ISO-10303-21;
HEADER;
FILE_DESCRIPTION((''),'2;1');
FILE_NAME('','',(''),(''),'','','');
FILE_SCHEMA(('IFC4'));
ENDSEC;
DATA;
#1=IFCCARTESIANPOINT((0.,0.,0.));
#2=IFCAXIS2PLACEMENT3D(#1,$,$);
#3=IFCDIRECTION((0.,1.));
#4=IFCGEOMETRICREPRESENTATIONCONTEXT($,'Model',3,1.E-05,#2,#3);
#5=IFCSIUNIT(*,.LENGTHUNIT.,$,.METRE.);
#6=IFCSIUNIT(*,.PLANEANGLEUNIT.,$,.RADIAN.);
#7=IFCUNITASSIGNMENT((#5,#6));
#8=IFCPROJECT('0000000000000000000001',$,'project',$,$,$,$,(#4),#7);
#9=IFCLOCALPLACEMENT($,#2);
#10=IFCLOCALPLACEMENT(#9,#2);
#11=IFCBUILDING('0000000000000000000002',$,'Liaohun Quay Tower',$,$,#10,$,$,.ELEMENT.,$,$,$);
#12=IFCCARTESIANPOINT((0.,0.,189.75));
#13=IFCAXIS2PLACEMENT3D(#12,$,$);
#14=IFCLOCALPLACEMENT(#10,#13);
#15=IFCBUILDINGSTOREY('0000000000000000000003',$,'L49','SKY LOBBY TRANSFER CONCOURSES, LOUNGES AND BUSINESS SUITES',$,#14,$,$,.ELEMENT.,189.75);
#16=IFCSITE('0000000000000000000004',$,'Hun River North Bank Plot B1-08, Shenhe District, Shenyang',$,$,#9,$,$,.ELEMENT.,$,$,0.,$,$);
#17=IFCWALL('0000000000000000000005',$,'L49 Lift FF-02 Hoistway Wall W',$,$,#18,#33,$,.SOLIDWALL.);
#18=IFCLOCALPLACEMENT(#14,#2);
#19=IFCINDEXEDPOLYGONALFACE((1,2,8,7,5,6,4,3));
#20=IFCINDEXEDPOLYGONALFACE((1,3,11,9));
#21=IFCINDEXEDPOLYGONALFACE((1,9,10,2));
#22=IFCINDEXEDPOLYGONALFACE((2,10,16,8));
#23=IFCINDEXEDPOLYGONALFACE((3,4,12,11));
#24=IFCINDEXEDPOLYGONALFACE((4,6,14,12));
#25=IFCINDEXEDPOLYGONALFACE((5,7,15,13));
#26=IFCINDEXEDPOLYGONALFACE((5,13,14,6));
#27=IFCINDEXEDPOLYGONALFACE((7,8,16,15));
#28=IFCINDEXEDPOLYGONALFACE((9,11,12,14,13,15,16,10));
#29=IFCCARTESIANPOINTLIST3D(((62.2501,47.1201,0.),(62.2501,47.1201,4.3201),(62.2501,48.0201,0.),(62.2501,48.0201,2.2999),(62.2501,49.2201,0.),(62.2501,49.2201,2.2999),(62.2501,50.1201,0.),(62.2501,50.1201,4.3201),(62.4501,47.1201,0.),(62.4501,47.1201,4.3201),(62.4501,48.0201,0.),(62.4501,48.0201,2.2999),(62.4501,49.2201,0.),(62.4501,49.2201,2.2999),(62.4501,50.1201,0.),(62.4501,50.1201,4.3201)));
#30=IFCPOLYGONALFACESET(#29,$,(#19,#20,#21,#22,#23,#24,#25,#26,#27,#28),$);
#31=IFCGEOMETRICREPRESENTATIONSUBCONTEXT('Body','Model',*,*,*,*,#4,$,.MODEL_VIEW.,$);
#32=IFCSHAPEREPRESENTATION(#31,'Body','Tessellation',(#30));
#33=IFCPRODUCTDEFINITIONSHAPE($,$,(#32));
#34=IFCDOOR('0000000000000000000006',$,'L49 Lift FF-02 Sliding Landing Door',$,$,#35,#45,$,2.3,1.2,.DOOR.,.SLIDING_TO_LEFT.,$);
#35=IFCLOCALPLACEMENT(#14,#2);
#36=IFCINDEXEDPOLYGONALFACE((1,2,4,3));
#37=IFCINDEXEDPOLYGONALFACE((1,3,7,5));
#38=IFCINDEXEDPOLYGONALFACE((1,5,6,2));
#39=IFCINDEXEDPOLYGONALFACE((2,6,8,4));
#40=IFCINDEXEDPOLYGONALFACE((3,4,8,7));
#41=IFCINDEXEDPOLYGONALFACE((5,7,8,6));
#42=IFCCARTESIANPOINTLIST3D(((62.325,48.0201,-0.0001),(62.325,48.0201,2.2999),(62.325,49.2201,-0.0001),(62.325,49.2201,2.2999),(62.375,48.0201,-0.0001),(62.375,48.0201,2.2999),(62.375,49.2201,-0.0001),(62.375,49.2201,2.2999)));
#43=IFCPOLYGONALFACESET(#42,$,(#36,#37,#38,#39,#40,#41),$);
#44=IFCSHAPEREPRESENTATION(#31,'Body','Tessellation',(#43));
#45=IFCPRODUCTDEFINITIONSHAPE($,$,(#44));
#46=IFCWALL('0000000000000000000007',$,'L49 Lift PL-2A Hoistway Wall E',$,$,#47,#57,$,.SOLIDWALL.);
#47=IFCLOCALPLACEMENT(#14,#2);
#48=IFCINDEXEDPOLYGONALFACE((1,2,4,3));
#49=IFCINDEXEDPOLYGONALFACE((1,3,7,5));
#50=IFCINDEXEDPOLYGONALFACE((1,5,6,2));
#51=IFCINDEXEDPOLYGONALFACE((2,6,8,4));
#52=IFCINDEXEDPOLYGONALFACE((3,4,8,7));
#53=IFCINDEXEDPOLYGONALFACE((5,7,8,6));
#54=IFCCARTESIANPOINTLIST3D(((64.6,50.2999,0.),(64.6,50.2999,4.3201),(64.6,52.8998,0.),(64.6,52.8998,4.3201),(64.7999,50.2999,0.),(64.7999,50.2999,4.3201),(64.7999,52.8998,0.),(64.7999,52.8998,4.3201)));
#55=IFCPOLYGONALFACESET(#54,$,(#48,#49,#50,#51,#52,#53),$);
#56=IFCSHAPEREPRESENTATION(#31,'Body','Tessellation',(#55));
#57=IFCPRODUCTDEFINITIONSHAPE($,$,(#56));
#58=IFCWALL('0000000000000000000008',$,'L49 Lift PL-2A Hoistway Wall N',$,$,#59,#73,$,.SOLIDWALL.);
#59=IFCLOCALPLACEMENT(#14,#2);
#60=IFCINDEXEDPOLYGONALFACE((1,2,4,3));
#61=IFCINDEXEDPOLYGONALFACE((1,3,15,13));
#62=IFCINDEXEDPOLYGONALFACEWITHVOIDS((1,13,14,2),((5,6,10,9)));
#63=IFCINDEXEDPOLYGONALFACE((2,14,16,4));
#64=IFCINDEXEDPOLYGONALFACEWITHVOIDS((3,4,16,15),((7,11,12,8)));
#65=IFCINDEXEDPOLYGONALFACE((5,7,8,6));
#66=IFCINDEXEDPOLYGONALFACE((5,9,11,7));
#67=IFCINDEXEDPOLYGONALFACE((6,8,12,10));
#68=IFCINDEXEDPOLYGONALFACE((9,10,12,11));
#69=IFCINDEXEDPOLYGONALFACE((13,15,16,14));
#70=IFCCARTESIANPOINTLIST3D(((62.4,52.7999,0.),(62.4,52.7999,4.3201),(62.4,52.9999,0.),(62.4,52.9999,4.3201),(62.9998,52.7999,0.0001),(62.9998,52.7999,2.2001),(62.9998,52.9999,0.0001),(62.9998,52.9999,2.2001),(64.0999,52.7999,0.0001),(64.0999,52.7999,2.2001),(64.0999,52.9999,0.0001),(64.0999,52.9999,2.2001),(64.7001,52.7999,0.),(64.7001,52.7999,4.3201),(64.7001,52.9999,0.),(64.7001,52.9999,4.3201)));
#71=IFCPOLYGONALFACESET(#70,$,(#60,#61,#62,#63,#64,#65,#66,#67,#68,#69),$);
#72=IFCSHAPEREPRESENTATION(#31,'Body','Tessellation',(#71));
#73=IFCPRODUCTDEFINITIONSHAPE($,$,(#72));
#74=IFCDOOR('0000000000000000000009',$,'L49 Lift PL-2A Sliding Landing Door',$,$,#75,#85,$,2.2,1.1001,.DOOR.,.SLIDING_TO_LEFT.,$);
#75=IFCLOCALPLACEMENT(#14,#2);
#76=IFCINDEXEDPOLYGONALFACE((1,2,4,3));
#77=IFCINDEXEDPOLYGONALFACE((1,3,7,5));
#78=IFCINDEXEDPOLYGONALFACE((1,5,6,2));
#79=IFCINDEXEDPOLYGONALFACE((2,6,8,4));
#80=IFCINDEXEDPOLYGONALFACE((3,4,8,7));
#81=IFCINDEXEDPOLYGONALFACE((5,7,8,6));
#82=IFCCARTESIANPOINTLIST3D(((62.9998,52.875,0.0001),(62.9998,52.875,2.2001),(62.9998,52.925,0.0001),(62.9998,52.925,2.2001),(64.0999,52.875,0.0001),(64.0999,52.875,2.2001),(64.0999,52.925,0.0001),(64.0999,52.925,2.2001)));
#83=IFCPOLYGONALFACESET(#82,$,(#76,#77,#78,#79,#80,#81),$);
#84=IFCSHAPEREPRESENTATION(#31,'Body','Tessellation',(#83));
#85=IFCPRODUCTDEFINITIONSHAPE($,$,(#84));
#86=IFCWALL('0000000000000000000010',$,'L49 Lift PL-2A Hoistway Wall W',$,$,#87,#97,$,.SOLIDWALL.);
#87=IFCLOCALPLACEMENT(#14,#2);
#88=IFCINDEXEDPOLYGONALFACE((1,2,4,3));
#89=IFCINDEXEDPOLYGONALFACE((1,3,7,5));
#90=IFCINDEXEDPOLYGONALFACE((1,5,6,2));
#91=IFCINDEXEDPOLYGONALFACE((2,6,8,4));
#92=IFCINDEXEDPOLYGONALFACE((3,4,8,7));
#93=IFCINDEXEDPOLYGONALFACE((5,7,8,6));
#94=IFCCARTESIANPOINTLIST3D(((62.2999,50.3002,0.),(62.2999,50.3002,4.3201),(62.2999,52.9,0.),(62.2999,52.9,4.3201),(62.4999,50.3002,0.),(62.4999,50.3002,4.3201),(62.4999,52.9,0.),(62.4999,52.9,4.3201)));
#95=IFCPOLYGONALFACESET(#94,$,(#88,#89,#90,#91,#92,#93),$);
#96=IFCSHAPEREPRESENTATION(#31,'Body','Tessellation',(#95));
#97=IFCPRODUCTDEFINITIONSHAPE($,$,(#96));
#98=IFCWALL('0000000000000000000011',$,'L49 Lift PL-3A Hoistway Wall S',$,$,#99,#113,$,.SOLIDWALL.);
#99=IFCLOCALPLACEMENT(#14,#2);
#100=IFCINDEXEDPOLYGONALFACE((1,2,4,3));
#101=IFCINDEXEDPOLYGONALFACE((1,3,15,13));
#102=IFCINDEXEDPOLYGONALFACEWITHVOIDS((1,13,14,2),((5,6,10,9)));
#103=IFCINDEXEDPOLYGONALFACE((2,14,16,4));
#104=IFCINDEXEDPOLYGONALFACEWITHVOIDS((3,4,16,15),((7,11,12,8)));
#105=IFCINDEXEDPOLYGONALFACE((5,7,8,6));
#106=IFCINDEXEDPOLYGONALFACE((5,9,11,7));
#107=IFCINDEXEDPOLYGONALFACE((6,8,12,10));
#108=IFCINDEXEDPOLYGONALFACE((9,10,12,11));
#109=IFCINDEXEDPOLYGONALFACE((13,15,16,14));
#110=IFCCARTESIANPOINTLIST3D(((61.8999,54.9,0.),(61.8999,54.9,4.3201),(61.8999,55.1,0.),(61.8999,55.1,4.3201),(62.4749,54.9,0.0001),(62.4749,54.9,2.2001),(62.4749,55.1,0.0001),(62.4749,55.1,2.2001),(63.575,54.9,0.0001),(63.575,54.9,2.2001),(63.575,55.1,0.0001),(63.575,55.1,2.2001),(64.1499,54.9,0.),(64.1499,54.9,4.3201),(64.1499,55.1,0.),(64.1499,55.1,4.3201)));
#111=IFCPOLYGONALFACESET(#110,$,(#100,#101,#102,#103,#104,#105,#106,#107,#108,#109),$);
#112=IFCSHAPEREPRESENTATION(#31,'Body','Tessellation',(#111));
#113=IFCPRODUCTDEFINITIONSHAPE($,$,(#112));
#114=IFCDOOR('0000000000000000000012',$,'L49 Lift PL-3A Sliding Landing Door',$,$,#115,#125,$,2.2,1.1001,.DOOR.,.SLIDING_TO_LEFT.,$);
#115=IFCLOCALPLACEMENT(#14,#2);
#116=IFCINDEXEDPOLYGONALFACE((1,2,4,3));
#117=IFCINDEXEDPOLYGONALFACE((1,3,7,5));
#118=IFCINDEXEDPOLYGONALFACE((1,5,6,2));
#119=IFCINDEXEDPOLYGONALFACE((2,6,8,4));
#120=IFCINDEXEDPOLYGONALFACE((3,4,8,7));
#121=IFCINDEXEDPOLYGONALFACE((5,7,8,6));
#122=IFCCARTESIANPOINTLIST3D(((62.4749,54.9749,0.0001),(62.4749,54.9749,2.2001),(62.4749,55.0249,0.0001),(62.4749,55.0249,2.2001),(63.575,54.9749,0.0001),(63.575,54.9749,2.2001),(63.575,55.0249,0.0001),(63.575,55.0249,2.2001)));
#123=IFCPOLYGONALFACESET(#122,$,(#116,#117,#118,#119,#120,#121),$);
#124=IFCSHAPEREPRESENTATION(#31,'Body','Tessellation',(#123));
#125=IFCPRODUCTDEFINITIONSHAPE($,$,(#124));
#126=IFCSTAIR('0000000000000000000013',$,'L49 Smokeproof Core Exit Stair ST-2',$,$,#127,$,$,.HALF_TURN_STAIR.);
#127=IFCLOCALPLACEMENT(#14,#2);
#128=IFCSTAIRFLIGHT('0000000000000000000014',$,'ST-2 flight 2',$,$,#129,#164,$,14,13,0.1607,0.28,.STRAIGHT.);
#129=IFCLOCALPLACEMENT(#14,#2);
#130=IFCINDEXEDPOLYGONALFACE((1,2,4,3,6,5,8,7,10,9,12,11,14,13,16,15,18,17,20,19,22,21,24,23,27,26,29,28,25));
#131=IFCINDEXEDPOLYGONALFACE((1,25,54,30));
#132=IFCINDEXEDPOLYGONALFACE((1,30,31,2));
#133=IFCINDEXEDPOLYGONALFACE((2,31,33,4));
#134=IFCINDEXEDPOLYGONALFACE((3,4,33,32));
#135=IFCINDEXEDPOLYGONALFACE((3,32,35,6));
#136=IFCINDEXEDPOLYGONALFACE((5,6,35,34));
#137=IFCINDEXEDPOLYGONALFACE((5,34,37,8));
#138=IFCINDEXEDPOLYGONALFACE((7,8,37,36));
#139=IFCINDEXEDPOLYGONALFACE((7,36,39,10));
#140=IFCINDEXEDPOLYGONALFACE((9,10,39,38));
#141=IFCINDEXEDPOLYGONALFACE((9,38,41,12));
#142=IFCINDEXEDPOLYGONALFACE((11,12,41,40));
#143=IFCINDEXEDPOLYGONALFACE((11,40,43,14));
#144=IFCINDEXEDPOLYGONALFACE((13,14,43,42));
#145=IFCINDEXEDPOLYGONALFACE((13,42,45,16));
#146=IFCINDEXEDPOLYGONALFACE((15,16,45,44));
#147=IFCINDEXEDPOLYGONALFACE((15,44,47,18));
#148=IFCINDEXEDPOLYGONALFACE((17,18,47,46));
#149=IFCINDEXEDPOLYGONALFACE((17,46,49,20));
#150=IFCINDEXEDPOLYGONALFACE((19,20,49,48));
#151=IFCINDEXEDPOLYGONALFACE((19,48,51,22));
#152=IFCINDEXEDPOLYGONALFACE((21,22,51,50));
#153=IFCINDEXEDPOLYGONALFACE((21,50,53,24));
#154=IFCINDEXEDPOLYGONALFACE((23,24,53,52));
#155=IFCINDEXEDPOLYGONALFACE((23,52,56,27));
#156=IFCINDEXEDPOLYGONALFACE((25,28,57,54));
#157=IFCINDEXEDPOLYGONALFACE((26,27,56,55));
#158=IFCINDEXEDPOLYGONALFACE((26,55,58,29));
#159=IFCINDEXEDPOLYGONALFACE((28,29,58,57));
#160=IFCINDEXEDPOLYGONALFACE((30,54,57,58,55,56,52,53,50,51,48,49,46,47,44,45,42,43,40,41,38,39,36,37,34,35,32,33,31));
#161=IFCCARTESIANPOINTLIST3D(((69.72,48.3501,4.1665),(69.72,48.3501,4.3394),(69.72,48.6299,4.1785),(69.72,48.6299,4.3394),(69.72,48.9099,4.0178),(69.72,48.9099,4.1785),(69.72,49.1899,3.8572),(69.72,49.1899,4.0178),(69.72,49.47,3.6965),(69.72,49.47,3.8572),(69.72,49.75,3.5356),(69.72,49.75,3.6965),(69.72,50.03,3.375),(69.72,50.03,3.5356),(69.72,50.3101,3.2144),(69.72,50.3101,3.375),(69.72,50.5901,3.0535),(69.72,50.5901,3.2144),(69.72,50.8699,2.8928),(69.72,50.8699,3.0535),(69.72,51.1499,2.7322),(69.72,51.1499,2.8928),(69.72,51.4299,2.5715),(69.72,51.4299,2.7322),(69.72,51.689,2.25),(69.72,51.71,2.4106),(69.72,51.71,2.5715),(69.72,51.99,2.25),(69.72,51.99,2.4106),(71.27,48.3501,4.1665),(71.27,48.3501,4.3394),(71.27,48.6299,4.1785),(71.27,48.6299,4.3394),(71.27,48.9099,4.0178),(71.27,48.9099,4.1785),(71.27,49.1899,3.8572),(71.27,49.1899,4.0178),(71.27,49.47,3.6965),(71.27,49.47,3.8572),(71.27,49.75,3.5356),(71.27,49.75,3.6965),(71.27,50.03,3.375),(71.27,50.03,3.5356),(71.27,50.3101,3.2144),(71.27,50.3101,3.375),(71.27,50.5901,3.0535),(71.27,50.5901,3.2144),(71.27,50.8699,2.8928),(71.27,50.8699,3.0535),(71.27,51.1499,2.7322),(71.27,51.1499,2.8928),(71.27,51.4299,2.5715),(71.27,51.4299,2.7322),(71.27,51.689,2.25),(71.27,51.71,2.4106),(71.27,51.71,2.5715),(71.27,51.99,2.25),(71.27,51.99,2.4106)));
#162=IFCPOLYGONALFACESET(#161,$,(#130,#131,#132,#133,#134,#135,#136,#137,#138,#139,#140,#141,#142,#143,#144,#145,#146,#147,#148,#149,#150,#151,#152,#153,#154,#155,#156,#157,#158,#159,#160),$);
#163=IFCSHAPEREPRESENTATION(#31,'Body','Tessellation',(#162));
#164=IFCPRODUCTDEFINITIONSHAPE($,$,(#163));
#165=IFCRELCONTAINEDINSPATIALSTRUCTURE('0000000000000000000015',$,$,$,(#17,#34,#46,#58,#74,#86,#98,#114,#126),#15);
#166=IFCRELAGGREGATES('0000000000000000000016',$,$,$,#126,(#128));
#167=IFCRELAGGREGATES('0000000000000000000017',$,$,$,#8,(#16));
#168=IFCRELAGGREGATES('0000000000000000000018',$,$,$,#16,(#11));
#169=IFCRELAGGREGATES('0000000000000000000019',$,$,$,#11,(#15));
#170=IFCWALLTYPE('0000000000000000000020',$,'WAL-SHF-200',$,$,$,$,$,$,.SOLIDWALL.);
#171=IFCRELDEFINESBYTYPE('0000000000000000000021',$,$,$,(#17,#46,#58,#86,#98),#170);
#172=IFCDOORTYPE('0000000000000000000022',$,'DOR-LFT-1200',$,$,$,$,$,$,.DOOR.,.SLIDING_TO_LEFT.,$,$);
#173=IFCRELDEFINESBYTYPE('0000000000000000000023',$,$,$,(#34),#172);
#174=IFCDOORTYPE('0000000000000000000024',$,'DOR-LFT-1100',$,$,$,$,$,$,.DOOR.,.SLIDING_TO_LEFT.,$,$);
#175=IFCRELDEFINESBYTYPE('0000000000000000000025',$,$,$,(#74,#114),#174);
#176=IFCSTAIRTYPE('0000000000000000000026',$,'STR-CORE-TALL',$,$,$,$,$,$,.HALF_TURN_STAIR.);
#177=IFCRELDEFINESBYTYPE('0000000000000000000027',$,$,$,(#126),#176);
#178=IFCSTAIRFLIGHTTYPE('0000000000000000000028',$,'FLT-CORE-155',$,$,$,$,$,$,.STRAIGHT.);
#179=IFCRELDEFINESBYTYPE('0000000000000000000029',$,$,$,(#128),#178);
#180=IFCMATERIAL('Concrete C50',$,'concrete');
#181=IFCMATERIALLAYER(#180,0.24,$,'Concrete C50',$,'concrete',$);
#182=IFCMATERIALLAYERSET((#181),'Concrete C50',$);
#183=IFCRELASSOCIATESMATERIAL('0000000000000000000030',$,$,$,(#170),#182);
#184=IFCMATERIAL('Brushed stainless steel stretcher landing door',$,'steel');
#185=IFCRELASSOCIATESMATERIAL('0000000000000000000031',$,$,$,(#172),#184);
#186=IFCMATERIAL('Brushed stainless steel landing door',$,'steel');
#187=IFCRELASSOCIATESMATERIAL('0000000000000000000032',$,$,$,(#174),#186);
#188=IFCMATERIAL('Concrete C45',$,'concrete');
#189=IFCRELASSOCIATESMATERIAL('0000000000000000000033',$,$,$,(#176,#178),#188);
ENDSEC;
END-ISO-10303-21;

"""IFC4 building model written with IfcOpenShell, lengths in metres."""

from ifc_helpers import new_model, si_unit, direction, frame, frame_2d, origin, place, context, subcontext, project, spatial, polyline, rectangle, outline, extrude, source, transform, mapped, material, layer, layer_set, type_object, element, fill, aggregate, save


model = new_model("IFC4")

# Units and contexts
model_context = context("Model", 3, precision=1e-05, world=origin(), true_north=direction((0.0, 1.0)))
body_context = subcontext(model_context, "Body", "Model", "MODEL_VIEW")
ifc_project = project(units=[si_unit("LENGTHUNIT", "METRE"), si_unit("PLANEANGLEUNIT", "RADIAN")], contexts=[model_context])

# Site, building, storey
site_placement = place(None, origin())
site = spatial("IfcSite", under=ifc_project, at=site_placement, Name="Hun River North Bank Plot B1-08, Shenhe District, Shenyang", CompositionType="ELEMENT", RefElevation=0.0)
building_placement = place(site_placement, origin())
building = spatial("IfcBuilding", under=site, at=building_placement, Name="Liaohun Quay Tower", CompositionType="ELEMENT")
storey_placement = place(building_placement, frame((0.0, 0.0, 189.75)))
storey = spatial("IfcBuildingStorey", under=building, at=storey_placement, Name="L49", Description="SKY LOBBY TRANSFER CONCOURSES, LOUNGES AND BUSINESS SUITES", CompositionType="ELEMENT", Elevation=189.75)

# Shared definitions
ifc_material_1 = material(Name="Concrete C50", Category="concrete")
ifc_layer_1 = layer(ifc_material_1, 0.24, Name="Concrete C50", Category="concrete")
ifc_layer_set_1 = layer_set([ifc_layer_1], Name="Concrete C50")
wall_type_1 = type_object("IfcWallType", Name="WAL-SHF-200", PredefinedType="SOLIDWALL", material=ifc_layer_set_1)

# Wall, opening, door
wall_1_placement = place(storey_placement, frame((62.3501, 50.1201, 0.0), z_axis=(0.0, 0.0, 1.0), x_axis=(0.0, -1.0, 0.0)))
wall_1 = element("IfcWall", 1, at=wall_1_placement, inside=storey, type_object=wall_type_1, Name="L49 Lift FF-02 Hoistway Wall W", PredefinedType="SOLIDWALL", context=body_context, shape_type="SweptSolid", body=[
    extrude(rectangle(XDim=3.0, YDim=0.2, at=frame_2d((1.5, 0.0))), origin(), (0.0, 0.0, 1.0), 4.3201),
])
shared_shape_1 = source(origin(), body_context, "Body", "SweptSolid", [
    extrude(rectangle(XDim=1.2, YDim=2.3, at=frame_2d((0.6001, 1.1499))), frame((0.0, 0.1099, 0.0), z_axis=(0.0, -1.0, 0.0), x_axis=(1.0, 0.0, 0.0)), (0.0, 0.0, 1.0), 0.22),
])
opening_1_placement = place(wall_1_placement, frame((0.8999, 0.0, 0.0)))
opening_1 = element("IfcOpeningElement", 2, at=opening_1_placement, cuts=wall_1, PredefinedType="OPENING", context=body_context, shape_type="MappedRepresentation", body=[
    mapped(shared_shape_1, transform((0.0, 0.0, 0.0), x_axis=(1.0, 0.0, 0.0), y_axis=(0.0, 1.0, 0.0), z_axis=(0.0, 0.0, 1.0), scale=1.0)),
])
ifc_material_2 = material(Name="Brushed stainless steel stretcher landing door", Category="steel")
door_type_1 = type_object("IfcDoorType", Name="DOR-LFT-1200", OperationType="SLIDING_TO_LEFT", PredefinedType="DOOR", material=ifc_material_2)
shared_shape_2 = source(origin(), body_context, "Body", "SweptSolid", [
    extrude(rectangle(XDim=1.2, YDim=2.3, at=frame_2d((0.6001, 1.1499))), frame((0.0, 0.0249, 0.0), z_axis=(0.0, -1.0, 0.0), x_axis=(1.0, 0.0, 0.0)), (0.0, 0.0, 1.0), 0.05),
])
door_1_placement = place(opening_1_placement, origin())
door_1 = element("IfcDoor", 3, at=door_1_placement, inside=storey, type_object=door_type_1, Name="L49 Lift FF-02 Sliding Landing Door", OperationType="SLIDING_TO_LEFT", OverallHeight=2.3, OverallWidth=1.2, PredefinedType="DOOR", context=body_context, shape_type="MappedRepresentation", body=[
    mapped(shared_shape_2, transform((0.0, 0.0, 0.0), x_axis=(1.0, 0.0, 0.0), y_axis=(0.0, 1.0, 0.0), z_axis=(0.0, 0.0, 1.0), scale=1.0)),
])
fill(opening_1, door_1)

# Wall
wall_2_placement = place(storey_placement, frame((64.7, 50.3, 0.0), z_axis=(0.0, 0.0, 1.0), x_axis=(0.0, 1.0, 0.0)))
element("IfcWall", 4, at=wall_2_placement, inside=storey, type_object=wall_type_1, Name="L49 Lift PL-2A Hoistway Wall E", PredefinedType="SOLIDWALL", context=body_context, shape_type="SweptSolid", body=[
    extrude(rectangle(XDim=2.5999, YDim=0.2, at=frame_2d((1.2998, 0.0))), origin(), (0.0, 0.0, 1.0), 4.3201),
])

# Wall, opening, door
wall_3_placement = place(storey_placement, frame((64.7, 52.8999, 0.0), z_axis=(0.0, 0.0, 1.0), x_axis=(-1.0, 0.0, 0.0)))
wall_3 = element("IfcWall", 5, at=wall_3_placement, inside=storey, type_object=wall_type_1, Name="L49 Lift PL-2A Hoistway Wall N", PredefinedType="SOLIDWALL", context=body_context, shape_type="SweptSolid", body=[
    extrude(rectangle(XDim=2.3, YDim=0.2, at=frame_2d((1.1499, 0.0))), origin(), (0.0, 0.0, 1.0), 4.3201),
])
shared_shape_3 = source(origin(), body_context, "Body", "SweptSolid", [
    extrude(rectangle(XDim=1.1001, YDim=2.2, at=frame_2d((0.55, 1.1001))), frame((0.0, 0.1099, 0.0), z_axis=(0.0, -1.0, 0.0), x_axis=(1.0, 0.0, 0.0)), (0.0, 0.0, 1.0), 0.22),
])
opening_2_placement = place(wall_3_placement, frame((0.6001, 0.0, 0.0)))
opening_2 = element("IfcOpeningElement", 6, at=opening_2_placement, cuts=wall_3, PredefinedType="OPENING", context=body_context, shape_type="MappedRepresentation", body=[
    mapped(shared_shape_3, transform((0.0, 0.0, 0.0), x_axis=(1.0, 0.0, 0.0), y_axis=(0.0, 1.0, 0.0), z_axis=(0.0, 0.0, 1.0), scale=1.0)),
])
ifc_material_3 = material(Name="Brushed stainless steel landing door", Category="steel")
door_type_2 = type_object("IfcDoorType", Name="DOR-LFT-1100", OperationType="SLIDING_TO_LEFT", PredefinedType="DOOR", material=ifc_material_3)
shared_shape_4 = source(origin(), body_context, "Body", "SweptSolid", [
    extrude(rectangle(XDim=1.1001, YDim=2.2, at=frame_2d((0.55, 1.1001))), frame((0.0, 0.0249, 0.0), z_axis=(0.0, -1.0, 0.0), x_axis=(1.0, 0.0, 0.0)), (0.0, 0.0, 1.0), 0.05),
])
door_2_placement = place(opening_2_placement, origin())
door_2 = element("IfcDoor", 7, at=door_2_placement, inside=storey, type_object=door_type_2, Name="L49 Lift PL-2A Sliding Landing Door", OperationType="SLIDING_TO_LEFT", OverallHeight=2.2, OverallWidth=1.1001, PredefinedType="DOOR", context=body_context, shape_type="MappedRepresentation", body=[
    mapped(shared_shape_4, transform((0.0, 0.0, 0.0), x_axis=(1.0, 0.0, 0.0), y_axis=(0.0, 1.0, 0.0), z_axis=(0.0, 0.0, 1.0), scale=1.0)),
])
fill(opening_2, door_2)

# Wall
wall_4_placement = place(storey_placement, frame((62.3999, 52.8999, 0.0), z_axis=(0.0, 0.0, 1.0), x_axis=(0.0, -1.0, 0.0)))
element("IfcWall", 8, at=wall_4_placement, inside=storey, type_object=wall_type_1, Name="L49 Lift PL-2A Hoistway Wall W", PredefinedType="SOLIDWALL", context=body_context, shape_type="SweptSolid", body=[
    extrude(rectangle(XDim=2.5999, YDim=0.2, at=frame_2d((1.2998, 0.0))), origin(), (0.0, 0.0, 1.0), 4.3201),
])

# Wall, opening, door
wall_5_placement = place(storey_placement, frame((61.8999, 55.0, 0.0), z_axis=(0.0, 0.0, 1.0), x_axis=(1.0, 0.0, 0.0)))
wall_5 = element("IfcWall", 9, at=wall_5_placement, inside=storey, type_object=wall_type_1, Name="L49 Lift PL-3A Hoistway Wall S", PredefinedType="SOLIDWALL", context=body_context, shape_type="SweptSolid", body=[
    extrude(rectangle(XDim=2.25, YDim=0.2, at=frame_2d((1.125, 0.0))), origin(), (0.0, 0.0, 1.0), 4.3201),
])
opening_3_placement = place(wall_5_placement, frame((0.575, 0.0, 0.0)))
opening_3 = element("IfcOpeningElement", 10, at=opening_3_placement, cuts=wall_5, PredefinedType="OPENING", context=body_context, shape_type="MappedRepresentation", body=[
    mapped(shared_shape_3, transform((0.0, 0.0, 0.0), x_axis=(1.0, 0.0, 0.0), y_axis=(0.0, 1.0, 0.0), z_axis=(0.0, 0.0, 1.0), scale=1.0)),
])
door_3_placement = place(opening_3_placement, origin())
door_3 = element("IfcDoor", 11, at=door_3_placement, inside=storey, type_object=door_type_2, Name="L49 Lift PL-3A Sliding Landing Door", OperationType="SLIDING_TO_LEFT", OverallHeight=2.2, OverallWidth=1.1001, PredefinedType="DOOR", context=body_context, shape_type="MappedRepresentation", body=[
    mapped(shared_shape_4, transform((0.0, 0.0, 0.0), x_axis=(1.0, 0.0, 0.0), y_axis=(0.0, 1.0, 0.0), z_axis=(0.0, 0.0, 1.0), scale=1.0)),
])
fill(opening_3, door_3)

# Stair, stair flight
ifc_material_4 = material(Name="Concrete C45", Category="concrete")
stair_type = type_object("IfcStairType", Name="STR-CORE-TALL", PredefinedType="HALF_TURN_STAIR", material=ifc_material_4)
stair_placement = place(storey_placement, origin())
stair = element("IfcStair", 12, at=stair_placement, inside=storey, type_object=stair_type, Name="L49 Smokeproof Core Exit Stair ST-2", PredefinedType="HALF_TURN_STAIR")
stair_flight_type = type_object("IfcStairFlightType", Name="FLT-CORE-155", PredefinedType="STRAIGHT", material=ifc_material_4)
stair_flight_placement = place(storey_placement, frame((70.4951, 51.99, 2.25), z_axis=(0.0, 0.0, 1.0), x_axis=(0.0, -1.0, 0.0)))
stair_flight = element("IfcStairFlight", 13, at=stair_flight_placement, type_object=stair_flight_type, Name="ST-2 flight 2", NumberOfRisers=14, NumberOfTreads=13, PredefinedType="STRAIGHT", RiserHeight=0.1607, TreadLength=0.28, context=body_context, shape_type="SweptSolid", body=[
    extrude(outline(polyline([(0.0, 0.0), (0.0, 0.1606), (0.28, 0.1606), (0.28, 0.3215), (0.5601, 0.3215), (0.5601, 0.4822), (0.8401, 0.4822), (0.8401, 0.6428), (1.1201, 0.6428), (1.1201, 0.8035), (1.3999, 0.8035), (1.3999, 0.9644), (1.6799, 0.9644), (1.6799, 1.125), (1.96, 1.125), (1.96, 1.2856), (2.24, 1.2856), (2.24, 1.4465), (2.52, 1.4465), (2.52, 1.6072), (2.8, 1.6072), (2.8, 1.7678), (3.0801, 1.7678), (3.0801, 1.9285), (3.3601, 1.9285), (3.3601, 2.0894), (3.6399, 2.0894), (3.6399, 2.25), (3.6399, 1.9165), (0.301, 0.0), (0.0, 0.0)])), frame((0.0, 0.7749, 0.0), z_axis=(0.0, -1.0, 0.0), x_axis=(1.0, 0.0, 0.0)), (0.0, 0.0, 1.0), 1.55),
])
aggregate(stair, [stair_flight])

save(model, "model.ifc")
